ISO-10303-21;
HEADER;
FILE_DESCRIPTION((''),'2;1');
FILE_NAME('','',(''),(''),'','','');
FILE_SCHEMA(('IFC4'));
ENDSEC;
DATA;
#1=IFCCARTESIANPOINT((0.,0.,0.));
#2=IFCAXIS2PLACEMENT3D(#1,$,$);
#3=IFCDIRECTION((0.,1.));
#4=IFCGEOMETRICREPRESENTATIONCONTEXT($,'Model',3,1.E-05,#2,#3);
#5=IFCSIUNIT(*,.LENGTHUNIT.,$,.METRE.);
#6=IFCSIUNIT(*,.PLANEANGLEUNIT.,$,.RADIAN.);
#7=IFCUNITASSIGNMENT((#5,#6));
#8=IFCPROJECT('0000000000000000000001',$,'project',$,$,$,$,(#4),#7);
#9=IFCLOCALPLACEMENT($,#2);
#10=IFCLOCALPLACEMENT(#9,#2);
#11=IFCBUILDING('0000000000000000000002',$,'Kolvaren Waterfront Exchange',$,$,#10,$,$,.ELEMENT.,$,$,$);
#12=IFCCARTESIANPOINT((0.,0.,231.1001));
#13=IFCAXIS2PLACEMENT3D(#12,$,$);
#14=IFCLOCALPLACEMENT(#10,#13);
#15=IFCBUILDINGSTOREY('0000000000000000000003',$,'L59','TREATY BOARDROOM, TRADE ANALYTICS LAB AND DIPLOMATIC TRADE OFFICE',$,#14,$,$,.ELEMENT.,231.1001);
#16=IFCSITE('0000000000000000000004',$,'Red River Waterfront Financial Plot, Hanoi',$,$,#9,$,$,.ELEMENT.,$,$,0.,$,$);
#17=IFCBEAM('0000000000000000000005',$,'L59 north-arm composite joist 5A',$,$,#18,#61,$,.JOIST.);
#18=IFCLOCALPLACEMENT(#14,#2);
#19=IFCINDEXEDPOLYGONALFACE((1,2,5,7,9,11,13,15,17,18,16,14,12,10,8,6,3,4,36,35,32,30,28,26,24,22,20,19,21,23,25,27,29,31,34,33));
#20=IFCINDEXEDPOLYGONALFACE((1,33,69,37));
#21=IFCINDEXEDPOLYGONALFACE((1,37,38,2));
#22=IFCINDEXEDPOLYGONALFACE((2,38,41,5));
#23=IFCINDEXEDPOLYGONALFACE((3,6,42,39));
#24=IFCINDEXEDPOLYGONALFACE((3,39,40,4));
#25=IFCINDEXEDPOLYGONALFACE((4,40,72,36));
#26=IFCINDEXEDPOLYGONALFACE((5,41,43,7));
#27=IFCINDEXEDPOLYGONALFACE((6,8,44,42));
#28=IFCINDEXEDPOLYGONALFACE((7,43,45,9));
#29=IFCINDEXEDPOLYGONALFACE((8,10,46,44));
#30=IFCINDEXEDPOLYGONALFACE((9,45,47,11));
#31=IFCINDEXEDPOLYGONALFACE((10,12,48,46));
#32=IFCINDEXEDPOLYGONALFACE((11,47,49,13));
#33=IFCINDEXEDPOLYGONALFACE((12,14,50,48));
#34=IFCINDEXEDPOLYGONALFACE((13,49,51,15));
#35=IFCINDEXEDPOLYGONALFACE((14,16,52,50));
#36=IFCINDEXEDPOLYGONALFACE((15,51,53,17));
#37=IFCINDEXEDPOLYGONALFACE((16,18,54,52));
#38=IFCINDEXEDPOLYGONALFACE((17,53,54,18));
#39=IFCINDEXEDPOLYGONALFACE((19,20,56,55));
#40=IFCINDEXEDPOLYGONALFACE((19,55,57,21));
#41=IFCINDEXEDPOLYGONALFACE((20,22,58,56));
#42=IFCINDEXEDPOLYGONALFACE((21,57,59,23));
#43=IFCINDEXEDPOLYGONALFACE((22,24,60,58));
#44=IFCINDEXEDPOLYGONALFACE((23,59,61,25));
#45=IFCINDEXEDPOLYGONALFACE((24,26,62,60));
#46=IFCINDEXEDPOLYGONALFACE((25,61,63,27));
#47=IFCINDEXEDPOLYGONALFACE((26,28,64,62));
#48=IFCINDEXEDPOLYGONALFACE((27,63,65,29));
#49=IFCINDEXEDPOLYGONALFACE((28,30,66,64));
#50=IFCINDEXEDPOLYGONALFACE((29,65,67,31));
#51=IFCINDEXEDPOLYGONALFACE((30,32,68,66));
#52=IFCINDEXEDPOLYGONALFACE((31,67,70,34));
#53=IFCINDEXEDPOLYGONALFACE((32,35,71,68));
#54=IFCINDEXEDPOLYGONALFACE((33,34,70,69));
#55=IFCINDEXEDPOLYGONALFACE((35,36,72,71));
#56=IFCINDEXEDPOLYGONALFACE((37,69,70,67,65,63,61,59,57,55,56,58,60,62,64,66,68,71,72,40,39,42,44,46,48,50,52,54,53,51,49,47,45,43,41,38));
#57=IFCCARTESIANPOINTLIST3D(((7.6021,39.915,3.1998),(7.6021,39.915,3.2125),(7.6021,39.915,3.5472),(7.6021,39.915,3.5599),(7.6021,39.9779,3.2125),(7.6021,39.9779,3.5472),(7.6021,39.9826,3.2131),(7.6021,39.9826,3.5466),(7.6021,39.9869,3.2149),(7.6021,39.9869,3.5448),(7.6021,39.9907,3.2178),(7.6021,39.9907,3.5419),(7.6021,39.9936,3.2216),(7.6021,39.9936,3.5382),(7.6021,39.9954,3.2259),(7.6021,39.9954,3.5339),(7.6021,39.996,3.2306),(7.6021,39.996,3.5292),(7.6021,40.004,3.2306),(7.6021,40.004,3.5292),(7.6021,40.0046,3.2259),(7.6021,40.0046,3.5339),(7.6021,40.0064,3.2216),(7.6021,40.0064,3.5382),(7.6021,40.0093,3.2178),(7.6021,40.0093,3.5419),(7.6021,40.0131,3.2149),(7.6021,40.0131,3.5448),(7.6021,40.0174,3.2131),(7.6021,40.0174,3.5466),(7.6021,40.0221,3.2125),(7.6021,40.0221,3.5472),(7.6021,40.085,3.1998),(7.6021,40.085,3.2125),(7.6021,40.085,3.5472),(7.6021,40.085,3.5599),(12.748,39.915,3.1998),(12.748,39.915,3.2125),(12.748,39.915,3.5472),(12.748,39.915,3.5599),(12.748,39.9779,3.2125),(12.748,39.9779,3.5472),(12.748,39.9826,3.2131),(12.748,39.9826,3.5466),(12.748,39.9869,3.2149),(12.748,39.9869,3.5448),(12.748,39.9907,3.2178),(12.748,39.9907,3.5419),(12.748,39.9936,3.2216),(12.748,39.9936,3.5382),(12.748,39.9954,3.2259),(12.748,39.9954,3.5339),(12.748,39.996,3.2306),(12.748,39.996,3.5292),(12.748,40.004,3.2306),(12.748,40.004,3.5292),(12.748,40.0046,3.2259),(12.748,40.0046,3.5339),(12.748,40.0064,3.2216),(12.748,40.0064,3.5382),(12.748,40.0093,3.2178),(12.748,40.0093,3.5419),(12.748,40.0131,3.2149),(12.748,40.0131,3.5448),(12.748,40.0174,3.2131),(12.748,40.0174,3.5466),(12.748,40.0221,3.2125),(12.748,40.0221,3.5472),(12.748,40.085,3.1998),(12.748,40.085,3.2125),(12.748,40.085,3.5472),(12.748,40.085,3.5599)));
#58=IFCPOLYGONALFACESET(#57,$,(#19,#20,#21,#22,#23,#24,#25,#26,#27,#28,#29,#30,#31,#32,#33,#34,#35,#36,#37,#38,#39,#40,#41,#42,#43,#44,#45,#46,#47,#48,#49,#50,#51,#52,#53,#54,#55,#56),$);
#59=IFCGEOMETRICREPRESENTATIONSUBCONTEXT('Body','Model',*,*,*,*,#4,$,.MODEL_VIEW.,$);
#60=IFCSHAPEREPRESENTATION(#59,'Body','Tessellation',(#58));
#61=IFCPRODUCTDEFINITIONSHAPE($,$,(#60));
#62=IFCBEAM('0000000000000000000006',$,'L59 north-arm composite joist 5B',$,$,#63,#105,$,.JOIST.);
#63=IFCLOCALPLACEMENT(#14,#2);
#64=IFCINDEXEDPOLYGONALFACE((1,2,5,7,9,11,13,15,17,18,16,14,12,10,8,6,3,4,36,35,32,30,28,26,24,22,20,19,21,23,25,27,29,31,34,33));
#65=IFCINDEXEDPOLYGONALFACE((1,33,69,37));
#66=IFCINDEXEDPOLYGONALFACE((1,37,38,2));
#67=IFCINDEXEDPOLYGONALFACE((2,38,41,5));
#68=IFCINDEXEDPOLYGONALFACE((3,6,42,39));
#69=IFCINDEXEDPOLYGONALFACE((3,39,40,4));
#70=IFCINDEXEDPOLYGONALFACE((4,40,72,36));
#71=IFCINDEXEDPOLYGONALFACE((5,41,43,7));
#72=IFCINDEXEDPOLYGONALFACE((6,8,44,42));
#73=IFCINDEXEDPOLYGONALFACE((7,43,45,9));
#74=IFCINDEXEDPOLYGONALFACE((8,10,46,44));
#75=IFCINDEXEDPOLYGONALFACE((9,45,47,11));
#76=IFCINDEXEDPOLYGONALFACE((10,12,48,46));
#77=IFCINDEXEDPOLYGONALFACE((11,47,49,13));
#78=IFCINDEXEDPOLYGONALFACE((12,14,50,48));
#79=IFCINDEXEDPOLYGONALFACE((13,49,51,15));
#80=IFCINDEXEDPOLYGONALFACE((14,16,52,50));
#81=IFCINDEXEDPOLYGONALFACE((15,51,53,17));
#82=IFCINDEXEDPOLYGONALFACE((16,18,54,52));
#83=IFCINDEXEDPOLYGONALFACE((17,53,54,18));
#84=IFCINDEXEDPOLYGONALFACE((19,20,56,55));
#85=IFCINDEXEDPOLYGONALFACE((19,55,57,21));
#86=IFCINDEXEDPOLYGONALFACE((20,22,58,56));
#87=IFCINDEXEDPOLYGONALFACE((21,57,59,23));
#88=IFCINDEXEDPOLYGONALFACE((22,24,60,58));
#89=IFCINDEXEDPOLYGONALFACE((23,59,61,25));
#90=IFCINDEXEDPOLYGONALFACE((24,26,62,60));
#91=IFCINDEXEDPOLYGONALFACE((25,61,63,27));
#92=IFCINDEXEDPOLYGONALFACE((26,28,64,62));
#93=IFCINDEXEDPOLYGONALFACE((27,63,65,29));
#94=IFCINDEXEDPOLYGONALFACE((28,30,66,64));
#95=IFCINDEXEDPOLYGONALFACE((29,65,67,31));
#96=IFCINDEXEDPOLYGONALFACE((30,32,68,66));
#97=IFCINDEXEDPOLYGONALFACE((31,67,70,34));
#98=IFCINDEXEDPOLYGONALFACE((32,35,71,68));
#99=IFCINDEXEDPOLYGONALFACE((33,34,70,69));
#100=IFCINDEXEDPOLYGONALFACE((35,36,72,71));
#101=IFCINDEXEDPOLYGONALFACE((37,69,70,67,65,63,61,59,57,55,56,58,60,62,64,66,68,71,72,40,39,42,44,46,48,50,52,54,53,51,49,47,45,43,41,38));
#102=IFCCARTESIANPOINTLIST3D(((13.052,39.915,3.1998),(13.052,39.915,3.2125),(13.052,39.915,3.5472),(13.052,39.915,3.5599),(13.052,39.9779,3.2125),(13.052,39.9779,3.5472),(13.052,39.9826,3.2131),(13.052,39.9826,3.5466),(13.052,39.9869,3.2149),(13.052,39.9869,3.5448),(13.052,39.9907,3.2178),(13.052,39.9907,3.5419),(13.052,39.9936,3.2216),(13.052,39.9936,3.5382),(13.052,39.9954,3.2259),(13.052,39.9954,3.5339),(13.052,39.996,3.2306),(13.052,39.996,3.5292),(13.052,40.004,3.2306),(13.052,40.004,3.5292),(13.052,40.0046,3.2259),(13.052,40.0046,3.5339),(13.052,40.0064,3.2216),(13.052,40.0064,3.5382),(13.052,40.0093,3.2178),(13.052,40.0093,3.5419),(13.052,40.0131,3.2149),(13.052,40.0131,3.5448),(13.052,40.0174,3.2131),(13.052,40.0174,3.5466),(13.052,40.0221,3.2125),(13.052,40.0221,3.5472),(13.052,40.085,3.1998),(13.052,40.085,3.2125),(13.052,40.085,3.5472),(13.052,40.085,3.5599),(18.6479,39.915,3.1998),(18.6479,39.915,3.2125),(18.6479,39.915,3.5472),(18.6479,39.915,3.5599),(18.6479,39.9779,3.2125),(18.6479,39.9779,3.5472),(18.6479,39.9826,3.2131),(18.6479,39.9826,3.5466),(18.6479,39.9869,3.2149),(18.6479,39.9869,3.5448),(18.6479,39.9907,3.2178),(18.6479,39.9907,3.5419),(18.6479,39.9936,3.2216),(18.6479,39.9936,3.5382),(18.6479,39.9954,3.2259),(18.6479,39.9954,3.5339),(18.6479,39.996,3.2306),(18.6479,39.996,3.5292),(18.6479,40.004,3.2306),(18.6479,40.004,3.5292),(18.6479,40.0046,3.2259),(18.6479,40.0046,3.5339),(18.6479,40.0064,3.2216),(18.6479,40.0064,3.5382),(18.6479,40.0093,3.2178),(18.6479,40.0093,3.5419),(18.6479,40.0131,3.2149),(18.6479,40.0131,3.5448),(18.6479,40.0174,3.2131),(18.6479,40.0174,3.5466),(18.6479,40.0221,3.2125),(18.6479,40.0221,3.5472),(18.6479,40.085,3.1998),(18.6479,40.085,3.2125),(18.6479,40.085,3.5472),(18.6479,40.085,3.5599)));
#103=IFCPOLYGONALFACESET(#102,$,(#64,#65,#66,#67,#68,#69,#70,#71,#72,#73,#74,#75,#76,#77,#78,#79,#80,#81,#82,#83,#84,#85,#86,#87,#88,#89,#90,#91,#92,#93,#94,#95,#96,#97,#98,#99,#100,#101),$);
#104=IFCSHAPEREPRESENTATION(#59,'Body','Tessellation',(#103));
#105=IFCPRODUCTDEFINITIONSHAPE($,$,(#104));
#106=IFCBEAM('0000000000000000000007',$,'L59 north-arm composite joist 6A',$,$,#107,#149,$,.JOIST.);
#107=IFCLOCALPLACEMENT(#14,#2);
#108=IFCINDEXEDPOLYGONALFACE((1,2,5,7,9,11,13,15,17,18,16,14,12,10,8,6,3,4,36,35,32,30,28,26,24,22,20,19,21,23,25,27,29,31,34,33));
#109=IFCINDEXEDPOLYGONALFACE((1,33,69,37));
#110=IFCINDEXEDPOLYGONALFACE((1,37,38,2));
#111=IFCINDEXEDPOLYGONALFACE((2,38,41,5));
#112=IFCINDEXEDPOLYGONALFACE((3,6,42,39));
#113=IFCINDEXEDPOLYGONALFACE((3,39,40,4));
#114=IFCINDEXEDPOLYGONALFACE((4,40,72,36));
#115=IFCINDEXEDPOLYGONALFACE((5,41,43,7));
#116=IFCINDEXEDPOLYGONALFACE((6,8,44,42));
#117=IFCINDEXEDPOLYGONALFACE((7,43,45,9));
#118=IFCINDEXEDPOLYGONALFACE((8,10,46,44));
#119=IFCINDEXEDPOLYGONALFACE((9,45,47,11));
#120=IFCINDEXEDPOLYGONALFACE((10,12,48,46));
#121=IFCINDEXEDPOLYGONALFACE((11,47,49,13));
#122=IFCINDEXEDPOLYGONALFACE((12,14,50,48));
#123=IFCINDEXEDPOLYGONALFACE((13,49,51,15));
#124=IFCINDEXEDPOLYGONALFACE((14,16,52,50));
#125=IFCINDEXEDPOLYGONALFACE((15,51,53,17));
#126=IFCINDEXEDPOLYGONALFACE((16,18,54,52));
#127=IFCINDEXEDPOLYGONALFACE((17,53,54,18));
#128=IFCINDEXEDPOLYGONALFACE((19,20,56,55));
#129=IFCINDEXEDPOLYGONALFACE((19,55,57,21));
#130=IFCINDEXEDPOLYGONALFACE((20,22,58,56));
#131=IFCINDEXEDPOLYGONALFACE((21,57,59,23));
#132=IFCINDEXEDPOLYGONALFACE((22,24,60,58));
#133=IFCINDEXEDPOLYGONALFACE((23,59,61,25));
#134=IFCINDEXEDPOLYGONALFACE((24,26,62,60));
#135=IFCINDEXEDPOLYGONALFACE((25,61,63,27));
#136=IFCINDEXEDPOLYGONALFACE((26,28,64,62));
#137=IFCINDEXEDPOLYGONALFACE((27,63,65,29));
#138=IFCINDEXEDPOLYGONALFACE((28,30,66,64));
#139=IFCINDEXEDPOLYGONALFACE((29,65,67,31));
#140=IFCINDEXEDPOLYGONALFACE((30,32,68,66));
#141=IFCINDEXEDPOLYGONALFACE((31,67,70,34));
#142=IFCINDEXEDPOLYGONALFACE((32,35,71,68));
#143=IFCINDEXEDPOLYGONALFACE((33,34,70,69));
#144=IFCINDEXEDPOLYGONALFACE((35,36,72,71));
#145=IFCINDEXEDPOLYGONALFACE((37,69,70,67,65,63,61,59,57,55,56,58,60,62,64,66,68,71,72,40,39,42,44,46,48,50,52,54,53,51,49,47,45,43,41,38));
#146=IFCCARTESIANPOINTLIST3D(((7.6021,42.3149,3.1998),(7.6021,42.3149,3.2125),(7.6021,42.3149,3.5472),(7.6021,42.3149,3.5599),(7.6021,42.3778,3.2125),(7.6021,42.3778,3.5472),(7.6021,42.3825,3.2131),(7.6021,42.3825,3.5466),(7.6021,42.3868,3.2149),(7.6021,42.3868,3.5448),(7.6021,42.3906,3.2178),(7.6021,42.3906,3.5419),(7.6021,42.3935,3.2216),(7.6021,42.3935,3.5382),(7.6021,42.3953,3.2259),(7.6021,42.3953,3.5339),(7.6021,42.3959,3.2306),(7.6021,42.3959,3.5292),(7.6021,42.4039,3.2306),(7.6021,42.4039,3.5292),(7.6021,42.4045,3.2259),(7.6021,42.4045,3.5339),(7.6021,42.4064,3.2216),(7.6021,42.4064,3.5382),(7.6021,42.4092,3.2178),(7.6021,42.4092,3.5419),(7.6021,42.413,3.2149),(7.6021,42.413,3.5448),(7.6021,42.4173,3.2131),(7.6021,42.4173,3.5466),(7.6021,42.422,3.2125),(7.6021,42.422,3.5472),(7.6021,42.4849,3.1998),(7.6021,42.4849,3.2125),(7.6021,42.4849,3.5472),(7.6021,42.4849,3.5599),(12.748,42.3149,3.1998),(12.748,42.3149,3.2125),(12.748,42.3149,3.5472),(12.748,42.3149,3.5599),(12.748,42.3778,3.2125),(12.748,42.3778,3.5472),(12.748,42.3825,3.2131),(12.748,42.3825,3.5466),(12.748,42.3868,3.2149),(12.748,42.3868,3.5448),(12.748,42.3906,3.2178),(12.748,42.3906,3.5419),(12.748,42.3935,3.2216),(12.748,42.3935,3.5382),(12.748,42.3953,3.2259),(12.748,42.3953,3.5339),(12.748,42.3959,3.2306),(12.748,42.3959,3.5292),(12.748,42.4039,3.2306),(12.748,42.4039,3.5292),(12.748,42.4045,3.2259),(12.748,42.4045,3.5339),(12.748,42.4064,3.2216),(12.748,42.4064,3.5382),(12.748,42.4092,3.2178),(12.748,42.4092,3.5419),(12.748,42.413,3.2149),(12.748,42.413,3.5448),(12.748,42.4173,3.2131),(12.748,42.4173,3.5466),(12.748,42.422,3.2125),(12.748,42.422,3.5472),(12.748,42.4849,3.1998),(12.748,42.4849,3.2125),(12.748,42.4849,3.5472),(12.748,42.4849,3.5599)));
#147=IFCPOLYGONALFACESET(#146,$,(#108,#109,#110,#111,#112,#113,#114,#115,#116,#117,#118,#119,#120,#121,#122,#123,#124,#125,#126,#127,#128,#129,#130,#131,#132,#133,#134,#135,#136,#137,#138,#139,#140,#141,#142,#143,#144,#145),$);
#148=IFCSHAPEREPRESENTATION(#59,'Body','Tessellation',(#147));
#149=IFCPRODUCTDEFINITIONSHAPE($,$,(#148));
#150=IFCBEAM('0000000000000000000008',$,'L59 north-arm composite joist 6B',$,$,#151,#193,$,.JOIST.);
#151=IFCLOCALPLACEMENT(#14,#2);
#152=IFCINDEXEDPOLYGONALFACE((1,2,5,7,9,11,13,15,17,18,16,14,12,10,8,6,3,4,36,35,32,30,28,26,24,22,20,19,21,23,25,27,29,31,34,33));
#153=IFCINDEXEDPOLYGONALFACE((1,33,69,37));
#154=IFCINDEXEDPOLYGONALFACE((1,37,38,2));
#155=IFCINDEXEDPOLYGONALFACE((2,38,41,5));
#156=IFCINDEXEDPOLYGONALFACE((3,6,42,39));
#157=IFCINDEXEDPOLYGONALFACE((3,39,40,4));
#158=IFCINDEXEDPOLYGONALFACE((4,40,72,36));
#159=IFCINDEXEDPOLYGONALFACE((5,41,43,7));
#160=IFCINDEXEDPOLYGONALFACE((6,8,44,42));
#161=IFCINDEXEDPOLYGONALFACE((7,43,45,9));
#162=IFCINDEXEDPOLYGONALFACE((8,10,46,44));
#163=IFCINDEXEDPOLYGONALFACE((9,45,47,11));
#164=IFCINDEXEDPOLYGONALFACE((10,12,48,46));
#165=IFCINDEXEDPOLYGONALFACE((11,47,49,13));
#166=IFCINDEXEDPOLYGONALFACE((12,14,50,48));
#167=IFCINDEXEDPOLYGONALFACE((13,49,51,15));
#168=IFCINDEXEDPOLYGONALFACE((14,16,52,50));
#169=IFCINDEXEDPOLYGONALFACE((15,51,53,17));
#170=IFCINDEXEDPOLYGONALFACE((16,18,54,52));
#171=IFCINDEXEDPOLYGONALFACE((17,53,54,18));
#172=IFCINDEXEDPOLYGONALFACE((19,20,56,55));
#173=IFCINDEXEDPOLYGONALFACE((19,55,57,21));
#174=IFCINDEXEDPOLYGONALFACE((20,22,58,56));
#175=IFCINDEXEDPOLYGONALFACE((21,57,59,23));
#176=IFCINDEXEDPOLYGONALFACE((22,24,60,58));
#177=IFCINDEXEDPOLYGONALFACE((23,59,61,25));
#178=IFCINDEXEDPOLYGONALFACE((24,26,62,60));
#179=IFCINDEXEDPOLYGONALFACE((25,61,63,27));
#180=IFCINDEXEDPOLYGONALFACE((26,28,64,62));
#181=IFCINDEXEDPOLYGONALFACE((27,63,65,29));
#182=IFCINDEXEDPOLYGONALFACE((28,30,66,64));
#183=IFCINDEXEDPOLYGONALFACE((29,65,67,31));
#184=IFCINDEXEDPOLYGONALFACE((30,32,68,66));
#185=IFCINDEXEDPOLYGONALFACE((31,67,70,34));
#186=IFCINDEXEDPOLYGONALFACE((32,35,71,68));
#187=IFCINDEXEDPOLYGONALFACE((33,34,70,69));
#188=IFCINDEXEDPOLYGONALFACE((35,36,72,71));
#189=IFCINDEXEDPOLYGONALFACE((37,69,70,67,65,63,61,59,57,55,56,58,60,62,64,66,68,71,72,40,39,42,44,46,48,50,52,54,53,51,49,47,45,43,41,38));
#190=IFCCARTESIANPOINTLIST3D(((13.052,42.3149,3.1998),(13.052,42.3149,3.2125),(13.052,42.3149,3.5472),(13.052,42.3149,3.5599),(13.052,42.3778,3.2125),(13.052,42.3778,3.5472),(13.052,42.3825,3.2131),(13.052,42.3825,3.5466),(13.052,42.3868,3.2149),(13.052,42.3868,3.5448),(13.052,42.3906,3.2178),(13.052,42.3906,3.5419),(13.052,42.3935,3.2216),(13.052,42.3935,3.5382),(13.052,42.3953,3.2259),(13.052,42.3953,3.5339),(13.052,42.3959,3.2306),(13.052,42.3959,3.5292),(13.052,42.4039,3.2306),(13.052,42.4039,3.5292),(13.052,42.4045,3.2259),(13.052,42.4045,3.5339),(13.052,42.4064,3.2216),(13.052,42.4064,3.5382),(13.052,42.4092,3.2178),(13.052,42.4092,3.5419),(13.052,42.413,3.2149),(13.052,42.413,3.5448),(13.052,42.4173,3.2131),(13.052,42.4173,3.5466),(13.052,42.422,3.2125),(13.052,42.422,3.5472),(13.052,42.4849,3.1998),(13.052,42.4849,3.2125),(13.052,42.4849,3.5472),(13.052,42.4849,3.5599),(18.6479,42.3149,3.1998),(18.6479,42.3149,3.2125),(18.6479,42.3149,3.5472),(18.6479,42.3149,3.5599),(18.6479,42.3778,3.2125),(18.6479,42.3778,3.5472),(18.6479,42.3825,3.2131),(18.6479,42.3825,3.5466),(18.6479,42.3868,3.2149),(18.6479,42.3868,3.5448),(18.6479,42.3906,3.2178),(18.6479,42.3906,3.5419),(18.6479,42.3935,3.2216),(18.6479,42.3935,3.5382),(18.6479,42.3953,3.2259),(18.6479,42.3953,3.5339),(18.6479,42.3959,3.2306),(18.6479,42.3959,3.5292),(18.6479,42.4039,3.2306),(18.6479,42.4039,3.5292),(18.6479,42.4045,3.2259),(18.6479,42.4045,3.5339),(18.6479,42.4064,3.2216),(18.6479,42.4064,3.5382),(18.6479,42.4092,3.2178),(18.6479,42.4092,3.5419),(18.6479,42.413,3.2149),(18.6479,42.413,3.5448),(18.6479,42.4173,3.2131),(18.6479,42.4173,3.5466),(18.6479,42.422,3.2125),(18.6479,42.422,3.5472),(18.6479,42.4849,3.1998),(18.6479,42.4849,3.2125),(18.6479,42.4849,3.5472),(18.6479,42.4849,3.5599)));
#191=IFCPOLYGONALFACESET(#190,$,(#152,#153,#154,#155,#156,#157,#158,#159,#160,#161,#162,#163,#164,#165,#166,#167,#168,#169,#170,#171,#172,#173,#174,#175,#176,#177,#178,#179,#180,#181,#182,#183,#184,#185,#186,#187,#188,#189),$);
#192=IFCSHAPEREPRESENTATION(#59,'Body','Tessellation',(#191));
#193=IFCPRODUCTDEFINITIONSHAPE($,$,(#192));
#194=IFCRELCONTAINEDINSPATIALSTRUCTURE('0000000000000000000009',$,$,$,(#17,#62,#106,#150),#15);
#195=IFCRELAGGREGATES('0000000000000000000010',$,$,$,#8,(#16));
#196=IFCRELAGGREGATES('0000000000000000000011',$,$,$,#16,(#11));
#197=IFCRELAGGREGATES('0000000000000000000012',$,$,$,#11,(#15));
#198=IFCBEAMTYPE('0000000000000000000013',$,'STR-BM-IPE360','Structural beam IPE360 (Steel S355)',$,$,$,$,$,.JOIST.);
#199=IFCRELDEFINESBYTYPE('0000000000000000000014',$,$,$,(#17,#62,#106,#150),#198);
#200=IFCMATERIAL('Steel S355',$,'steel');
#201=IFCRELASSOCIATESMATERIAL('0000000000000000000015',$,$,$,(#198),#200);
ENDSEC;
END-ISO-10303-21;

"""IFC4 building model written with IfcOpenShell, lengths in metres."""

from ifc_helpers import new_model, si_unit, direction, frame, origin, origin_2d, place, context, subcontext, project, spatial, i_section, extrude, material, material_profile, profile_set, type_object, element, save


model = new_model("IFC4")

# Units and contexts
model_context = context("Model", 3, precision=1e-05, world=origin(), true_north=direction((0.0, 1.0)))
body_context = subcontext(model_context, "Body", "Model", "MODEL_VIEW")
ifc_project = project(units=[si_unit("LENGTHUNIT", "METRE"), si_unit("PLANEANGLEUNIT", "RADIAN")], contexts=[model_context])

# Site, building, storey
site_placement = place(None, origin())
site = spatial("IfcSite", under=ifc_project, at=site_placement, Name="Red River Waterfront Financial Plot, Hanoi", CompositionType="ELEMENT", RefElevation=0.0)
building_placement = place(site_placement, origin())
building = spatial("IfcBuilding", under=site, at=building_placement, Name="Kolvaren Waterfront Exchange", CompositionType="ELEMENT")
storey_placement = place(building_placement, frame((0.0, 0.0, 231.1001)))
storey = spatial("IfcBuildingStorey", under=building, at=storey_placement, Name="L59", Description="TREATY BOARDROOM, TRADE ANALYTICS LAB AND DIPLOMATIC TRADE OFFICE", CompositionType="ELEMENT", Elevation=231.1001)

# Beams
ifc_material_1 = material(Name="Steel S355", Category="steel")
ifc_material_profile_1 = material_profile(ifc_material_1, i_section(OverallWidth=0.1699, OverallDepth=0.3601, WebThickness=0.0081, FlangeThickness=0.0127, FilletRadius=0.0181, at=origin_2d()), Name="IPE360")
ifc_profile_set_1 = profile_set([ifc_material_profile_1], Name="Steel S355")
beam_type_1 = type_object("IfcBeamType", Name="STR-BM-IPE360", Description="Structural beam IPE360 (Steel S355)", PredefinedType="JOIST", material=ifc_profile_set_1)
beam_1_placement = place(storey_placement, frame((7.6021, 40.0, 3.3799), z_axis=(1.0, 0.0, 0.0), x_axis=(0.0, 1.0, 0.0)))
element("IfcBeam", 1, at=beam_1_placement, inside=storey, type_object=beam_type_1, Name="L59 north-arm composite joist 5A", PredefinedType="JOIST", context=body_context, shape_type="SweptSolid", body=[
    extrude(i_section(OverallWidth=0.1699, OverallDepth=0.3601, WebThickness=0.0081, FlangeThickness=0.0127, FilletRadius=0.0181, at=origin_2d()), origin(), (0.0, 0.0, 1.0), 5.146),
])
beam_2_placement = place(storey_placement, frame((13.052, 40.0, 3.3799), z_axis=(1.0, 0.0, 0.0), x_axis=(0.0, 1.0, 0.0)))
element("IfcBeam", 2, at=beam_2_placement, inside=storey, type_object=beam_type_1, Name="L59 north-arm composite joist 5B", PredefinedType="JOIST", context=body_context, shape_type="SweptSolid", body=[
    extrude(i_section(OverallWidth=0.1699, OverallDepth=0.3601, WebThickness=0.0081, FlangeThickness=0.0127, FilletRadius=0.0181, at=origin_2d()), origin(), (0.0, 0.0, 1.0), 5.5959),
])
beam_3_placement = place(storey_placement, frame((7.6021, 42.3999, 3.3799), z_axis=(1.0, 0.0, 0.0), x_axis=(0.0, 1.0, 0.0)))
element("IfcBeam", 3, at=beam_3_placement, inside=storey, type_object=beam_type_1, Name="L59 north-arm composite joist 6A", PredefinedType="JOIST", context=body_context, shape_type="SweptSolid", body=[
    extrude(i_section(OverallWidth=0.1699, OverallDepth=0.3601, WebThickness=0.0081, FlangeThickness=0.0127, FilletRadius=0.0181, at=origin_2d()), origin(), (0.0, 0.0, 1.0), 5.146),
])
beam_4_placement = place(storey_placement, frame((13.052, 42.3999, 3.3799), z_axis=(1.0, 0.0, 0.0), x_axis=(0.0, 1.0, 0.0)))
element("IfcBeam", 4, at=beam_4_placement, inside=storey, type_object=beam_type_1, Name="L59 north-arm composite joist 6B", PredefinedType="JOIST", context=body_context, shape_type="SweptSolid", body=[
    extrude(i_section(OverallWidth=0.1699, OverallDepth=0.3601, WebThickness=0.0081, FlangeThickness=0.0127, FilletRadius=0.0181, at=origin_2d()), origin(), (0.0, 0.0, 1.0), 5.5959),
])

save(model, "model.ifc")
